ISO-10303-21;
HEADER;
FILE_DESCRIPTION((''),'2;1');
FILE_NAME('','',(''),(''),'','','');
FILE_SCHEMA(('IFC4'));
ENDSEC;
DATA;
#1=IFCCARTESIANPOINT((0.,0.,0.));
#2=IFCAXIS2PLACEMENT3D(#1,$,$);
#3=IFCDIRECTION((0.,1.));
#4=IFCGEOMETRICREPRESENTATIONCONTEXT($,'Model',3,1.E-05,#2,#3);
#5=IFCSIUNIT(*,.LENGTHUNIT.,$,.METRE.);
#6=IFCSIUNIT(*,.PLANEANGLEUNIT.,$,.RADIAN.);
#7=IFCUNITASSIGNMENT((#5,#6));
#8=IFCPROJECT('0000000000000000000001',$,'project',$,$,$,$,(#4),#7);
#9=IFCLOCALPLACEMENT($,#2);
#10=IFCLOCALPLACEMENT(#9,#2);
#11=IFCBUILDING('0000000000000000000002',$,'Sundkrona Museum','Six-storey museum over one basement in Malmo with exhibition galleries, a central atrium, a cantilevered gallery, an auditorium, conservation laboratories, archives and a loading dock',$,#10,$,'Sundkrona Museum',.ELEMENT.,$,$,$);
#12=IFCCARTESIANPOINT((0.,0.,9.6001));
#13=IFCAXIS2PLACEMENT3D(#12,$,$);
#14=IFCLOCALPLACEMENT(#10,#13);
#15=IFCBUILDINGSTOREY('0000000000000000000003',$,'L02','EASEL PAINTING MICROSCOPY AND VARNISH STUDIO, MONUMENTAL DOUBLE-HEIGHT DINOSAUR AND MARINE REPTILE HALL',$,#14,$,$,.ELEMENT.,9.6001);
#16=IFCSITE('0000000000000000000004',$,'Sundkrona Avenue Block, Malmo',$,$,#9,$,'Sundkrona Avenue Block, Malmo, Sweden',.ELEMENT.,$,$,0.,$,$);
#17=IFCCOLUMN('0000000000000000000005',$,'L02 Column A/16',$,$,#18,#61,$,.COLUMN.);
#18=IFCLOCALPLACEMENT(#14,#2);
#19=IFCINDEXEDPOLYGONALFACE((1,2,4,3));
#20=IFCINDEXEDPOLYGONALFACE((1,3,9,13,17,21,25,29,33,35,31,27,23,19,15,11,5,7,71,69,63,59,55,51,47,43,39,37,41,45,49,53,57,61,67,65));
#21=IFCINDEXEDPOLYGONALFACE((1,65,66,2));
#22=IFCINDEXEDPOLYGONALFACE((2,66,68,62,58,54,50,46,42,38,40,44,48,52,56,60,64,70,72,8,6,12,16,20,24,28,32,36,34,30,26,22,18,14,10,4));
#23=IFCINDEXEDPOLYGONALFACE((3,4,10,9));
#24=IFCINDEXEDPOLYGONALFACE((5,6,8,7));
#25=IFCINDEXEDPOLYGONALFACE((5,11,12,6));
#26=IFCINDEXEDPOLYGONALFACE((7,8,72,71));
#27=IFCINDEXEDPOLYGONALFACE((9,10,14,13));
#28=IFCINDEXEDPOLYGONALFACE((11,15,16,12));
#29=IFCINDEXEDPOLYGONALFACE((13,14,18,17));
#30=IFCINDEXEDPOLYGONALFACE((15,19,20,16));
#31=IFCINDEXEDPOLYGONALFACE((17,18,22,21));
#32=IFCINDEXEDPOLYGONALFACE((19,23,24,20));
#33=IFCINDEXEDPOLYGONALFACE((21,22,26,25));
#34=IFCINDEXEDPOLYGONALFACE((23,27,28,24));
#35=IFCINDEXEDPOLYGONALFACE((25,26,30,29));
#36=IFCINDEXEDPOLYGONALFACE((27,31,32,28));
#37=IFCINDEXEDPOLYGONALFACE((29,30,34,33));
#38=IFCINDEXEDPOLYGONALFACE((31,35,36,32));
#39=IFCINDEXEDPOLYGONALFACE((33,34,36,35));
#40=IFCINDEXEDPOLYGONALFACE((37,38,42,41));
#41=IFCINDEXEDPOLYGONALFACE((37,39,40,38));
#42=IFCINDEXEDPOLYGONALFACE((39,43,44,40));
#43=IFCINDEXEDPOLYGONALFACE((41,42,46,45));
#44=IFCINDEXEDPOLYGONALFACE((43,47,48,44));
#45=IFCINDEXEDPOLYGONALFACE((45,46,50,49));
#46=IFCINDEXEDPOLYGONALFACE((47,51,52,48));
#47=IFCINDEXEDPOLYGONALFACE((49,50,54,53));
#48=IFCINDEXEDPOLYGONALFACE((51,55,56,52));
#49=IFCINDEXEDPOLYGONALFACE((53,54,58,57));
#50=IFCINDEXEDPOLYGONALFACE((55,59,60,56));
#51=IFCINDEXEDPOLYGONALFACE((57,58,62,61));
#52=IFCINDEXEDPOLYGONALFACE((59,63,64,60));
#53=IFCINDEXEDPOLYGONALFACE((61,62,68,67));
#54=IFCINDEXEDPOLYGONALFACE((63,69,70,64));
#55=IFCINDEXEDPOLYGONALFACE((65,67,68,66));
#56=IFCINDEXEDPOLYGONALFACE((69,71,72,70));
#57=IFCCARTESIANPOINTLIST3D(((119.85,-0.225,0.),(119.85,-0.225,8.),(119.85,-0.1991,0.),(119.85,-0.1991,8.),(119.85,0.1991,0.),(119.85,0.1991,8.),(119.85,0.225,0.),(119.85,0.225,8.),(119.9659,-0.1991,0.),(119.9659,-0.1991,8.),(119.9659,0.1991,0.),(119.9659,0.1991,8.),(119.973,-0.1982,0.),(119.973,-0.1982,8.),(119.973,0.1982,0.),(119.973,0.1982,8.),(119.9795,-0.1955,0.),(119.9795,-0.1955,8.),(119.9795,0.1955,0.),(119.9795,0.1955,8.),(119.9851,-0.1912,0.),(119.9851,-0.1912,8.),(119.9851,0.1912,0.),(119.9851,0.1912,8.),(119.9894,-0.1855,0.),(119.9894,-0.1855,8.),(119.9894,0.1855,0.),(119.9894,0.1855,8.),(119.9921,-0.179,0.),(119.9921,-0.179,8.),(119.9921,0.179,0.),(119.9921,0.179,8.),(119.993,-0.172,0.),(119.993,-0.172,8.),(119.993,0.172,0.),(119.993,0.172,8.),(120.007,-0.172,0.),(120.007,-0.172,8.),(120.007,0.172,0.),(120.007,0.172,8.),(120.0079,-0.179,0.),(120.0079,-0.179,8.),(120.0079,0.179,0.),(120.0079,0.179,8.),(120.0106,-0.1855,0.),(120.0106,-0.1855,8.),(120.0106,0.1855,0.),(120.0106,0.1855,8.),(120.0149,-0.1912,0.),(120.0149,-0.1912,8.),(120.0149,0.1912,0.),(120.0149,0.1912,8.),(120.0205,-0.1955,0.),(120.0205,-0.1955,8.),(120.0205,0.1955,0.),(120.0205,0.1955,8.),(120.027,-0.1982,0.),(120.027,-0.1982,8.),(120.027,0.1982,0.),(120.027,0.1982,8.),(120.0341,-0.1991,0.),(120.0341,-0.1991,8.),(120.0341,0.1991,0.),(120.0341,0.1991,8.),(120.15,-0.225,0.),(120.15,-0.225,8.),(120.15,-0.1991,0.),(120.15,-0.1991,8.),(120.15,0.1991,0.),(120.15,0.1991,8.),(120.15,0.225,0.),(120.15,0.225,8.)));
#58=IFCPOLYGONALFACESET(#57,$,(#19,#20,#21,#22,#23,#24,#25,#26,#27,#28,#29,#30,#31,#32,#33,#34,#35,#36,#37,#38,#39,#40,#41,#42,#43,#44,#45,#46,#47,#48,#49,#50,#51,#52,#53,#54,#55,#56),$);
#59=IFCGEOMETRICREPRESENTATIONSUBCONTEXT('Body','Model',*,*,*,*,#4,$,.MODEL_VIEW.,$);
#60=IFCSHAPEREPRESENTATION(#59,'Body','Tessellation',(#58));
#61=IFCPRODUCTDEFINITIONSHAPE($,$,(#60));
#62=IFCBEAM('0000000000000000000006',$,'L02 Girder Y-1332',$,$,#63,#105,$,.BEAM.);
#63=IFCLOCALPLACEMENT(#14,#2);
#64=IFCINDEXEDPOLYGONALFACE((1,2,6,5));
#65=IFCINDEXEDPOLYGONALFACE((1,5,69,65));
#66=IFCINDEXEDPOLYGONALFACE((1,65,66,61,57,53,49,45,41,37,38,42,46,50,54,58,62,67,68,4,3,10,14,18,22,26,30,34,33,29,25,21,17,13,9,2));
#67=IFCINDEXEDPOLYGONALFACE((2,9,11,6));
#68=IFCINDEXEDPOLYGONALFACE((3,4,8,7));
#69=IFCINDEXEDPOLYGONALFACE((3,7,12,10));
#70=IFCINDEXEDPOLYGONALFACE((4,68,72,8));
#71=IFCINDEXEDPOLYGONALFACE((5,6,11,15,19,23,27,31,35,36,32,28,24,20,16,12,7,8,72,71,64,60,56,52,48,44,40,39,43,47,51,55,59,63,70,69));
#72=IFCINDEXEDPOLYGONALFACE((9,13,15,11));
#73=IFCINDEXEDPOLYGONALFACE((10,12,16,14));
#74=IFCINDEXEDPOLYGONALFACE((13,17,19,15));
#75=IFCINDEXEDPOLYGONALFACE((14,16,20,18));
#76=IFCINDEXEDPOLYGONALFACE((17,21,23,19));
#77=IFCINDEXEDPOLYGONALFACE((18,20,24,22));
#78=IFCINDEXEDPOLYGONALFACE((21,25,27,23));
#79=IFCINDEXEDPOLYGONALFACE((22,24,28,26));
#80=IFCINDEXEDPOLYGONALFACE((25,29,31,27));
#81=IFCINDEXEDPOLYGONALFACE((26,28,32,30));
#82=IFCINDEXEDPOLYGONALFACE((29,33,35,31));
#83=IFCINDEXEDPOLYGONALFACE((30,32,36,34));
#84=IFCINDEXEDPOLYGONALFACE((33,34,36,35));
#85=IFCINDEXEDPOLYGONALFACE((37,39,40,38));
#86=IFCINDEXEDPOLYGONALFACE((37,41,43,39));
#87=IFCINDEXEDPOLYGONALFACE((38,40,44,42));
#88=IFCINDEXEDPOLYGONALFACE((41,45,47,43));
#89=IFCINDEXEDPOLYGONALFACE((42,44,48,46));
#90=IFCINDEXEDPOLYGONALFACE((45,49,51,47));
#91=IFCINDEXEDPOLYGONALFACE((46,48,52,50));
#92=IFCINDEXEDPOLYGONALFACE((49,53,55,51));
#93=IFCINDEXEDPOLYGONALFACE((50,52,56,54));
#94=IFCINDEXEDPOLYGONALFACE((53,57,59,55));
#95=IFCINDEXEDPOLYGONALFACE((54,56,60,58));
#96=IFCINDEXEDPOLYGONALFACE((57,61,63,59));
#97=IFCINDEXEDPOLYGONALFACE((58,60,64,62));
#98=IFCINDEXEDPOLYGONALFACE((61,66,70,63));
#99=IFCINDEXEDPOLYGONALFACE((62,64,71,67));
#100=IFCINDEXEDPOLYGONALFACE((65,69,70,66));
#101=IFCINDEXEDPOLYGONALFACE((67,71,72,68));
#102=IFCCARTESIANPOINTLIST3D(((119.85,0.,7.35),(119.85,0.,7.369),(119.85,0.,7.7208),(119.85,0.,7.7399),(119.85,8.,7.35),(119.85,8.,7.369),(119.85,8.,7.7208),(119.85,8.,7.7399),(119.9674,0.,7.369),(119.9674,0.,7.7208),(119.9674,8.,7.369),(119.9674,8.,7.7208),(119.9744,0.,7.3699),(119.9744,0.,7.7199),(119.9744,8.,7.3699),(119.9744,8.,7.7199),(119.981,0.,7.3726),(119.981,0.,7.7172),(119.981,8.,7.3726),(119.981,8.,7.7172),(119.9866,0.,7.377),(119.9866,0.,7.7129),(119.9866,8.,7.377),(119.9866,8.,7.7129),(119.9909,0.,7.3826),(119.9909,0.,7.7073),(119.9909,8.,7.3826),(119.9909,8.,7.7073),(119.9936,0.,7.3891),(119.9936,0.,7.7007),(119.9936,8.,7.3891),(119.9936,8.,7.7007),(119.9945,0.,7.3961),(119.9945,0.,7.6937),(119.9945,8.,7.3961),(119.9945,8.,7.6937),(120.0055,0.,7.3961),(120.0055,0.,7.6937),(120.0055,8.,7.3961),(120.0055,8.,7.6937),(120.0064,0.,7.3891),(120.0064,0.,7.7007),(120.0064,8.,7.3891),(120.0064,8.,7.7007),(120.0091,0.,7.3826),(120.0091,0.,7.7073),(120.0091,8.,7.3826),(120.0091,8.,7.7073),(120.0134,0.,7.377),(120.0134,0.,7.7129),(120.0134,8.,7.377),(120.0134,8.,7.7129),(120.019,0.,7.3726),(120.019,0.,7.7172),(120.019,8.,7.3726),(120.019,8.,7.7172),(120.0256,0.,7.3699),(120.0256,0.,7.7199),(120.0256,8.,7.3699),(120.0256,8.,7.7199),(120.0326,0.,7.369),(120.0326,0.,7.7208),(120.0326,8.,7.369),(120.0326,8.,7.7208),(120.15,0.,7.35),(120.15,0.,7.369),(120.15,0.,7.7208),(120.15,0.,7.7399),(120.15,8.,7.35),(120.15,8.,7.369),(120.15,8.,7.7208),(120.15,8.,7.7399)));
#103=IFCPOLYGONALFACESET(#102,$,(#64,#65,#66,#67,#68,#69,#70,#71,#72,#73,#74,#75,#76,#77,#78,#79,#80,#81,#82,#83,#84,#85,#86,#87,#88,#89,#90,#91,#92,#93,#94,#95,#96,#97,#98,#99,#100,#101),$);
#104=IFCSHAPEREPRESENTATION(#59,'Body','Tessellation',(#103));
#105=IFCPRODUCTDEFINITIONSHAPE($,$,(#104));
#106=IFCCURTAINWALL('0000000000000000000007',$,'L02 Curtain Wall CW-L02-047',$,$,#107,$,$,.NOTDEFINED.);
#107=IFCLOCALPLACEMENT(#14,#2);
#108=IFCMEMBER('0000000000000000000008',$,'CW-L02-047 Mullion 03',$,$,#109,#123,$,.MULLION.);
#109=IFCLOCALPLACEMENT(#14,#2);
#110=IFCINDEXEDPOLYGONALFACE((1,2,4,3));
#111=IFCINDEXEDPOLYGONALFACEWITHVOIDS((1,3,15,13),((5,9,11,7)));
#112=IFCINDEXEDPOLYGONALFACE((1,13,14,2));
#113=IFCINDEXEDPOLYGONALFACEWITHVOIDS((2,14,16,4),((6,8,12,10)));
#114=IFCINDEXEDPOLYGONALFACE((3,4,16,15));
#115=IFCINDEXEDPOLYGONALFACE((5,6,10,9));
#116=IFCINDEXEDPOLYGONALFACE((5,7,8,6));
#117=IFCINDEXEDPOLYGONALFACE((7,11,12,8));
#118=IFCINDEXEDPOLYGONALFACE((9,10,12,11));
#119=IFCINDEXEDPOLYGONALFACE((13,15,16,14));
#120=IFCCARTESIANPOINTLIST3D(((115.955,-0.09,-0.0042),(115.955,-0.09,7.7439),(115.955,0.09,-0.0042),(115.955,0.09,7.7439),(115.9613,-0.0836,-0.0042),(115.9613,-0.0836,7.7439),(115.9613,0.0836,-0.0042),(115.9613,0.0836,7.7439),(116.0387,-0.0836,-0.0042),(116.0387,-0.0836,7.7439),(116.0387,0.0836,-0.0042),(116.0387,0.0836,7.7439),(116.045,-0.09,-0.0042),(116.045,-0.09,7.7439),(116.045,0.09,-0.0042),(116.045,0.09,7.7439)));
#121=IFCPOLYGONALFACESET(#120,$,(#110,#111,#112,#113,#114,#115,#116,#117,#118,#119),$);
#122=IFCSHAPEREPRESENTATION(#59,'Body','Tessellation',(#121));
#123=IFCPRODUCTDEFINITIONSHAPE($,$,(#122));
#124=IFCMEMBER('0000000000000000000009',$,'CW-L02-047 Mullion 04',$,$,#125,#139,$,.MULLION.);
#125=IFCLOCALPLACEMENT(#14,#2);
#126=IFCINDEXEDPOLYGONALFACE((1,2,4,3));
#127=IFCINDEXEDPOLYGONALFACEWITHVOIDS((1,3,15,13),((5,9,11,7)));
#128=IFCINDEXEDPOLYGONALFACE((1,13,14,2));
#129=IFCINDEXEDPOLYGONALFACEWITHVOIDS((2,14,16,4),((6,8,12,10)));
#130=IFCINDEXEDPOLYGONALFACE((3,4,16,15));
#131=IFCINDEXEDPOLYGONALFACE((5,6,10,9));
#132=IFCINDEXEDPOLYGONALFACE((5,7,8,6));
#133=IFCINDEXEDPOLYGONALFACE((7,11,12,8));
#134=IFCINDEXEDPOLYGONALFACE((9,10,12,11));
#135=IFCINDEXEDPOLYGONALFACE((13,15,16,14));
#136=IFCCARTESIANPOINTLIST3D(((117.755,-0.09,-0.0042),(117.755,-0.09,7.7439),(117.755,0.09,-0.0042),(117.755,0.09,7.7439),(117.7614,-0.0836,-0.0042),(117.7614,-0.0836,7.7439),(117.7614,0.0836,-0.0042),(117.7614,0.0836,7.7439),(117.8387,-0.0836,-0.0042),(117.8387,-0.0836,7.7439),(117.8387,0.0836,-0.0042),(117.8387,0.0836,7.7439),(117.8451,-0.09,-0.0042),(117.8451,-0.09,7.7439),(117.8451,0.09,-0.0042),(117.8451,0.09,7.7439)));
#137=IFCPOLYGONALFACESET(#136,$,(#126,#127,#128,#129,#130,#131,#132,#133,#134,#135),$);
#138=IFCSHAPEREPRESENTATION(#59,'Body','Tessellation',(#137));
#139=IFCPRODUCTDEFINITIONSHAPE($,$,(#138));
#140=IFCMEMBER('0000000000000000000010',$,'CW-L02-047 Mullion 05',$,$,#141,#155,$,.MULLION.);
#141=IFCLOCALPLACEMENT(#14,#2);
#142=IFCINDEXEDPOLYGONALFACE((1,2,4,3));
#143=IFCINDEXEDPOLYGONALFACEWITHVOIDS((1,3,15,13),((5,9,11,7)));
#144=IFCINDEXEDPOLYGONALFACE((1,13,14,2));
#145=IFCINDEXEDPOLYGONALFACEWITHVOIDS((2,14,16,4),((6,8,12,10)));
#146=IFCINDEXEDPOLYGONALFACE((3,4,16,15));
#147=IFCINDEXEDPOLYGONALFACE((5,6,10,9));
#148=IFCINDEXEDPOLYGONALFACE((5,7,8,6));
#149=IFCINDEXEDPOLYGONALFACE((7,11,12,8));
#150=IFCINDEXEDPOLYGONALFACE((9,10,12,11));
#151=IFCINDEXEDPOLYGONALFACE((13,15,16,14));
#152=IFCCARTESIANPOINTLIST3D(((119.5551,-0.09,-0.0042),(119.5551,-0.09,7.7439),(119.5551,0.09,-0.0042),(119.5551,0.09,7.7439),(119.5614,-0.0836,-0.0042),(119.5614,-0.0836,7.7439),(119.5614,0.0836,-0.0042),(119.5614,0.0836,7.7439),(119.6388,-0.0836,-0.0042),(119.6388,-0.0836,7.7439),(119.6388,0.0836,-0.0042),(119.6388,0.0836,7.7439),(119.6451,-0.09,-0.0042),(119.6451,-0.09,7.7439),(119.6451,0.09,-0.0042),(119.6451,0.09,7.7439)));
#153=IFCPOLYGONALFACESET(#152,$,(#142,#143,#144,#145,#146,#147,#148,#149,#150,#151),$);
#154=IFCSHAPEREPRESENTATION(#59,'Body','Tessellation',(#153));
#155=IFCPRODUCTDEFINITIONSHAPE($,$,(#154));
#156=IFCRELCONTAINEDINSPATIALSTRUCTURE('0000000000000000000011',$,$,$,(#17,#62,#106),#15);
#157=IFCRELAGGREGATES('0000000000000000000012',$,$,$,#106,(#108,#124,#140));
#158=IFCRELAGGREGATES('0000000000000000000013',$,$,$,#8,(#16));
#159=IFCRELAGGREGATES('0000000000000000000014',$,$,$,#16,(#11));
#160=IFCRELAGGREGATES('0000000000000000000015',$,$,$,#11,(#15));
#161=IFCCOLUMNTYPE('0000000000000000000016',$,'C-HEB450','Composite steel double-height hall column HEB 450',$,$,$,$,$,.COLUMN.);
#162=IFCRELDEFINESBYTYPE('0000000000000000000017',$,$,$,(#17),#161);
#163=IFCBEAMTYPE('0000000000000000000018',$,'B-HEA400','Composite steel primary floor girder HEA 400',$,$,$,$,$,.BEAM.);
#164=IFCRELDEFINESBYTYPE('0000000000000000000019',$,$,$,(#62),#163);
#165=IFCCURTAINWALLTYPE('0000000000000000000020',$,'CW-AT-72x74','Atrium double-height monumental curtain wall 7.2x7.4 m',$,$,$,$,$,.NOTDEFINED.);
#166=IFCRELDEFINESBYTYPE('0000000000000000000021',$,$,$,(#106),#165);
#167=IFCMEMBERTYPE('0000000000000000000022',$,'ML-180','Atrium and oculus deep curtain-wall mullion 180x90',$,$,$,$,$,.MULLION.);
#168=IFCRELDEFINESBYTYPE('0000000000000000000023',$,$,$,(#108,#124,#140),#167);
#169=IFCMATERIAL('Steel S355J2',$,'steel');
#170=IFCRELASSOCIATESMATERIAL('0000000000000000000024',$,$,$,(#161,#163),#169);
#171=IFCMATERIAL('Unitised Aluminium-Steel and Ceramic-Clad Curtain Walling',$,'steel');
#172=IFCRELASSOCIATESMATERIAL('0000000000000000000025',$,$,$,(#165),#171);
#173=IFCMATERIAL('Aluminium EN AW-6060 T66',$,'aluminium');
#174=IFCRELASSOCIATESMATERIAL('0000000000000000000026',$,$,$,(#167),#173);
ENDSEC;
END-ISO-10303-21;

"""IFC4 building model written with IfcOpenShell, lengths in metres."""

from ifc_helpers import new_model, si_unit, direction, frame, origin, origin_2d, place, context, subcontext, project, spatial, hollow_rectangle, i_section, extrude, material, material_profile, profile_set, type_object, element, aggregate, save


model = new_model("IFC4")

# Units and contexts
model_context = context("Model", 3, precision=1e-05, world=origin(), true_north=direction((0.0, 1.0)))
body_context = subcontext(model_context, "Body", "Model", "MODEL_VIEW")
ifc_project = project(units=[si_unit("LENGTHUNIT", "METRE"), si_unit("PLANEANGLEUNIT", "RADIAN")], contexts=[model_context])

# Site, building, storey
site_placement = place(None, origin())
site = spatial("IfcSite", under=ifc_project, at=site_placement, Name="Sundkrona Avenue Block, Malmo", LongName="Sundkrona Avenue Block, Malmo, Sweden", CompositionType="ELEMENT", RefElevation=0.0)
building_placement = place(site_placement, origin())
building = spatial("IfcBuilding", under=site, at=building_placement, Name="Sundkrona Museum", Description="Six-storey museum over one basement in Malmo with exhibition galleries, a central atrium, a cantilevered gallery, an auditorium, conservation laboratories, archives and a loading dock", LongName="Sundkrona Museum", CompositionType="ELEMENT")
storey_placement = place(building_placement, frame((0.0, 0.0, 9.6001)))
storey = spatial("IfcBuildingStorey", under=building, at=storey_placement, Name="L02", Description="EASEL PAINTING MICROSCOPY AND VARNISH STUDIO, MONUMENTAL DOUBLE-HEIGHT DINOSAUR AND MARINE REPTILE HALL", CompositionType="ELEMENT", Elevation=9.6001)

# Column
ifc_material_1 = material(Name="Steel S355J2", Category="steel")
ifc_material_profile_1 = material_profile(ifc_material_1, i_section(OverallWidth=0.3, OverallDepth=0.45, WebThickness=0.0139, FlangeThickness=0.0259, FilletRadius=0.0271, at=origin_2d()), Name="HEB 450")
ifc_profile_set_1 = profile_set([ifc_material_profile_1], Name="Steel S355J2")
column_type = type_object("IfcColumnType", Name="C-HEB450", Description="Composite steel double-height hall column HEB 450", PredefinedType="COLUMN", material=ifc_profile_set_1)
column_placement = place(storey_placement, frame((120.0, 0.0, 0.0), z_axis=(0.0, 0.0, 1.0), x_axis=(1.0, 0.0, 0.0)))
element("IfcColumn", 1, at=column_placement, inside=storey, type_object=column_type, Name="L02 Column A/16", PredefinedType="COLUMN", context=body_context, shape_type="SweptSolid", body=[
    extrude(i_section(OverallWidth=0.3, OverallDepth=0.45, WebThickness=0.0139, FlangeThickness=0.0259, FilletRadius=0.0271, at=origin_2d()), origin(), (0.0, 0.0, 1.0), 8.0),
])

# Beam
ifc_material_profile_2 = material_profile(ifc_material_1, i_section(OverallWidth=0.3, OverallDepth=0.3899, WebThickness=0.011, FlangeThickness=0.019, FilletRadius=0.0271, at=origin_2d()), Name="HEA 400")
ifc_profile_set_2 = profile_set([ifc_material_profile_2], Name="Steel S355J2")
beam_type_1 = type_object("IfcBeamType", Name="B-HEA400", Description="Composite steel primary floor girder HEA 400", PredefinedType="BEAM", material=ifc_profile_set_2)
beam_1_placement = place(storey_placement, frame((120.0, 0.0, 7.5449), z_axis=(0.0, 1.0, 0.0), x_axis=(-1.0, 0.0, 0.0)))
element("IfcBeam", 2, at=beam_1_placement, inside=storey, type_object=beam_type_1, Name="L02 Girder Y-1332", PredefinedType="BEAM", context=body_context, shape_type="SweptSolid", body=[
    extrude(i_section(OverallWidth=0.3, OverallDepth=0.3899, WebThickness=0.011, FlangeThickness=0.019, FilletRadius=0.0271, at=origin_2d()), origin(), (0.0, 0.0, 1.0), 8.0),
])

# Curtain wall, members
ifc_material_2 = material(Name="Unitised Aluminium-Steel and Ceramic-Clad Curtain Walling", Category="steel")
curtain_wall_type = type_object("IfcCurtainWallType", Name="CW-AT-72x74", Description="Atrium double-height monumental curtain wall 7.2x7.4 m", PredefinedType="NOTDEFINED", material=ifc_material_2)
curtain_wall_placement = place(storey_placement, origin())
curtain_wall = element("IfcCurtainWall", 3, at=curtain_wall_placement, inside=storey, type_object=curtain_wall_type, Name="L02 Curtain Wall CW-L02-047", PredefinedType="NOTDEFINED")
ifc_material_3 = material(Name="Aluminium EN AW-6060 T66", Category="aluminium")
ifc_material_profile_3 = material_profile(ifc_material_3, hollow_rectangle(XDim=0.0901, YDim=0.1799, WallThickness=0.0063, at=origin_2d()), Name="RHS 180x90x6.3")
ifc_profile_set_3 = profile_set([ifc_material_profile_3], Name="Aluminium EN AW-6060 T66")
member_type_1 = type_object("IfcMemberType", Name="ML-180", Description="Atrium and oculus deep curtain-wall mullion 180x90", PredefinedType="MULLION", material=ifc_profile_set_3)
member_1_placement = place(storey_placement, frame((116.0, 0.0, -0.0042), z_axis=(0.0, 0.0, 1.0), x_axis=(1.0, 0.0, 0.0)))
member_1 = element("IfcMember", 4, at=member_1_placement, type_object=member_type_1, Name="CW-L02-047 Mullion 03", PredefinedType="MULLION", context=body_context, shape_type="SweptSolid", body=[
    extrude(hollow_rectangle(XDim=0.0901, YDim=0.1799, WallThickness=0.0063, at=origin_2d()), origin(), (0.0, 0.0, 1.0), 7.748),
])
member_2_placement = place(storey_placement, frame((117.8, 0.0, -0.0042), z_axis=(0.0, 0.0, 1.0), x_axis=(1.0, 0.0, 0.0)))
member_2 = element("IfcMember", 5, at=member_2_placement, type_object=member_type_1, Name="CW-L02-047 Mullion 04", PredefinedType="MULLION", context=body_context, shape_type="SweptSolid", body=[
    extrude(hollow_rectangle(XDim=0.0901, YDim=0.1799, WallThickness=0.0063, at=origin_2d()), origin(), (0.0, 0.0, 1.0), 7.748),
])
member_3_placement = place(storey_placement, frame((119.6001, 0.0, -0.0042), z_axis=(0.0, 0.0, 1.0), x_axis=(1.0, 0.0, 0.0)))
member_3 = element("IfcMember", 6, at=member_3_placement, type_object=member_type_1, Name="CW-L02-047 Mullion 05", PredefinedType="MULLION", context=body_context, shape_type="SweptSolid", body=[
    extrude(hollow_rectangle(XDim=0.0901, YDim=0.1799, WallThickness=0.0063, at=origin_2d()), origin(), (0.0, 0.0, 1.0), 7.748),
])

aggregate(curtain_wall, [member_1, member_2, member_3])

save(model, "model.ifc")
